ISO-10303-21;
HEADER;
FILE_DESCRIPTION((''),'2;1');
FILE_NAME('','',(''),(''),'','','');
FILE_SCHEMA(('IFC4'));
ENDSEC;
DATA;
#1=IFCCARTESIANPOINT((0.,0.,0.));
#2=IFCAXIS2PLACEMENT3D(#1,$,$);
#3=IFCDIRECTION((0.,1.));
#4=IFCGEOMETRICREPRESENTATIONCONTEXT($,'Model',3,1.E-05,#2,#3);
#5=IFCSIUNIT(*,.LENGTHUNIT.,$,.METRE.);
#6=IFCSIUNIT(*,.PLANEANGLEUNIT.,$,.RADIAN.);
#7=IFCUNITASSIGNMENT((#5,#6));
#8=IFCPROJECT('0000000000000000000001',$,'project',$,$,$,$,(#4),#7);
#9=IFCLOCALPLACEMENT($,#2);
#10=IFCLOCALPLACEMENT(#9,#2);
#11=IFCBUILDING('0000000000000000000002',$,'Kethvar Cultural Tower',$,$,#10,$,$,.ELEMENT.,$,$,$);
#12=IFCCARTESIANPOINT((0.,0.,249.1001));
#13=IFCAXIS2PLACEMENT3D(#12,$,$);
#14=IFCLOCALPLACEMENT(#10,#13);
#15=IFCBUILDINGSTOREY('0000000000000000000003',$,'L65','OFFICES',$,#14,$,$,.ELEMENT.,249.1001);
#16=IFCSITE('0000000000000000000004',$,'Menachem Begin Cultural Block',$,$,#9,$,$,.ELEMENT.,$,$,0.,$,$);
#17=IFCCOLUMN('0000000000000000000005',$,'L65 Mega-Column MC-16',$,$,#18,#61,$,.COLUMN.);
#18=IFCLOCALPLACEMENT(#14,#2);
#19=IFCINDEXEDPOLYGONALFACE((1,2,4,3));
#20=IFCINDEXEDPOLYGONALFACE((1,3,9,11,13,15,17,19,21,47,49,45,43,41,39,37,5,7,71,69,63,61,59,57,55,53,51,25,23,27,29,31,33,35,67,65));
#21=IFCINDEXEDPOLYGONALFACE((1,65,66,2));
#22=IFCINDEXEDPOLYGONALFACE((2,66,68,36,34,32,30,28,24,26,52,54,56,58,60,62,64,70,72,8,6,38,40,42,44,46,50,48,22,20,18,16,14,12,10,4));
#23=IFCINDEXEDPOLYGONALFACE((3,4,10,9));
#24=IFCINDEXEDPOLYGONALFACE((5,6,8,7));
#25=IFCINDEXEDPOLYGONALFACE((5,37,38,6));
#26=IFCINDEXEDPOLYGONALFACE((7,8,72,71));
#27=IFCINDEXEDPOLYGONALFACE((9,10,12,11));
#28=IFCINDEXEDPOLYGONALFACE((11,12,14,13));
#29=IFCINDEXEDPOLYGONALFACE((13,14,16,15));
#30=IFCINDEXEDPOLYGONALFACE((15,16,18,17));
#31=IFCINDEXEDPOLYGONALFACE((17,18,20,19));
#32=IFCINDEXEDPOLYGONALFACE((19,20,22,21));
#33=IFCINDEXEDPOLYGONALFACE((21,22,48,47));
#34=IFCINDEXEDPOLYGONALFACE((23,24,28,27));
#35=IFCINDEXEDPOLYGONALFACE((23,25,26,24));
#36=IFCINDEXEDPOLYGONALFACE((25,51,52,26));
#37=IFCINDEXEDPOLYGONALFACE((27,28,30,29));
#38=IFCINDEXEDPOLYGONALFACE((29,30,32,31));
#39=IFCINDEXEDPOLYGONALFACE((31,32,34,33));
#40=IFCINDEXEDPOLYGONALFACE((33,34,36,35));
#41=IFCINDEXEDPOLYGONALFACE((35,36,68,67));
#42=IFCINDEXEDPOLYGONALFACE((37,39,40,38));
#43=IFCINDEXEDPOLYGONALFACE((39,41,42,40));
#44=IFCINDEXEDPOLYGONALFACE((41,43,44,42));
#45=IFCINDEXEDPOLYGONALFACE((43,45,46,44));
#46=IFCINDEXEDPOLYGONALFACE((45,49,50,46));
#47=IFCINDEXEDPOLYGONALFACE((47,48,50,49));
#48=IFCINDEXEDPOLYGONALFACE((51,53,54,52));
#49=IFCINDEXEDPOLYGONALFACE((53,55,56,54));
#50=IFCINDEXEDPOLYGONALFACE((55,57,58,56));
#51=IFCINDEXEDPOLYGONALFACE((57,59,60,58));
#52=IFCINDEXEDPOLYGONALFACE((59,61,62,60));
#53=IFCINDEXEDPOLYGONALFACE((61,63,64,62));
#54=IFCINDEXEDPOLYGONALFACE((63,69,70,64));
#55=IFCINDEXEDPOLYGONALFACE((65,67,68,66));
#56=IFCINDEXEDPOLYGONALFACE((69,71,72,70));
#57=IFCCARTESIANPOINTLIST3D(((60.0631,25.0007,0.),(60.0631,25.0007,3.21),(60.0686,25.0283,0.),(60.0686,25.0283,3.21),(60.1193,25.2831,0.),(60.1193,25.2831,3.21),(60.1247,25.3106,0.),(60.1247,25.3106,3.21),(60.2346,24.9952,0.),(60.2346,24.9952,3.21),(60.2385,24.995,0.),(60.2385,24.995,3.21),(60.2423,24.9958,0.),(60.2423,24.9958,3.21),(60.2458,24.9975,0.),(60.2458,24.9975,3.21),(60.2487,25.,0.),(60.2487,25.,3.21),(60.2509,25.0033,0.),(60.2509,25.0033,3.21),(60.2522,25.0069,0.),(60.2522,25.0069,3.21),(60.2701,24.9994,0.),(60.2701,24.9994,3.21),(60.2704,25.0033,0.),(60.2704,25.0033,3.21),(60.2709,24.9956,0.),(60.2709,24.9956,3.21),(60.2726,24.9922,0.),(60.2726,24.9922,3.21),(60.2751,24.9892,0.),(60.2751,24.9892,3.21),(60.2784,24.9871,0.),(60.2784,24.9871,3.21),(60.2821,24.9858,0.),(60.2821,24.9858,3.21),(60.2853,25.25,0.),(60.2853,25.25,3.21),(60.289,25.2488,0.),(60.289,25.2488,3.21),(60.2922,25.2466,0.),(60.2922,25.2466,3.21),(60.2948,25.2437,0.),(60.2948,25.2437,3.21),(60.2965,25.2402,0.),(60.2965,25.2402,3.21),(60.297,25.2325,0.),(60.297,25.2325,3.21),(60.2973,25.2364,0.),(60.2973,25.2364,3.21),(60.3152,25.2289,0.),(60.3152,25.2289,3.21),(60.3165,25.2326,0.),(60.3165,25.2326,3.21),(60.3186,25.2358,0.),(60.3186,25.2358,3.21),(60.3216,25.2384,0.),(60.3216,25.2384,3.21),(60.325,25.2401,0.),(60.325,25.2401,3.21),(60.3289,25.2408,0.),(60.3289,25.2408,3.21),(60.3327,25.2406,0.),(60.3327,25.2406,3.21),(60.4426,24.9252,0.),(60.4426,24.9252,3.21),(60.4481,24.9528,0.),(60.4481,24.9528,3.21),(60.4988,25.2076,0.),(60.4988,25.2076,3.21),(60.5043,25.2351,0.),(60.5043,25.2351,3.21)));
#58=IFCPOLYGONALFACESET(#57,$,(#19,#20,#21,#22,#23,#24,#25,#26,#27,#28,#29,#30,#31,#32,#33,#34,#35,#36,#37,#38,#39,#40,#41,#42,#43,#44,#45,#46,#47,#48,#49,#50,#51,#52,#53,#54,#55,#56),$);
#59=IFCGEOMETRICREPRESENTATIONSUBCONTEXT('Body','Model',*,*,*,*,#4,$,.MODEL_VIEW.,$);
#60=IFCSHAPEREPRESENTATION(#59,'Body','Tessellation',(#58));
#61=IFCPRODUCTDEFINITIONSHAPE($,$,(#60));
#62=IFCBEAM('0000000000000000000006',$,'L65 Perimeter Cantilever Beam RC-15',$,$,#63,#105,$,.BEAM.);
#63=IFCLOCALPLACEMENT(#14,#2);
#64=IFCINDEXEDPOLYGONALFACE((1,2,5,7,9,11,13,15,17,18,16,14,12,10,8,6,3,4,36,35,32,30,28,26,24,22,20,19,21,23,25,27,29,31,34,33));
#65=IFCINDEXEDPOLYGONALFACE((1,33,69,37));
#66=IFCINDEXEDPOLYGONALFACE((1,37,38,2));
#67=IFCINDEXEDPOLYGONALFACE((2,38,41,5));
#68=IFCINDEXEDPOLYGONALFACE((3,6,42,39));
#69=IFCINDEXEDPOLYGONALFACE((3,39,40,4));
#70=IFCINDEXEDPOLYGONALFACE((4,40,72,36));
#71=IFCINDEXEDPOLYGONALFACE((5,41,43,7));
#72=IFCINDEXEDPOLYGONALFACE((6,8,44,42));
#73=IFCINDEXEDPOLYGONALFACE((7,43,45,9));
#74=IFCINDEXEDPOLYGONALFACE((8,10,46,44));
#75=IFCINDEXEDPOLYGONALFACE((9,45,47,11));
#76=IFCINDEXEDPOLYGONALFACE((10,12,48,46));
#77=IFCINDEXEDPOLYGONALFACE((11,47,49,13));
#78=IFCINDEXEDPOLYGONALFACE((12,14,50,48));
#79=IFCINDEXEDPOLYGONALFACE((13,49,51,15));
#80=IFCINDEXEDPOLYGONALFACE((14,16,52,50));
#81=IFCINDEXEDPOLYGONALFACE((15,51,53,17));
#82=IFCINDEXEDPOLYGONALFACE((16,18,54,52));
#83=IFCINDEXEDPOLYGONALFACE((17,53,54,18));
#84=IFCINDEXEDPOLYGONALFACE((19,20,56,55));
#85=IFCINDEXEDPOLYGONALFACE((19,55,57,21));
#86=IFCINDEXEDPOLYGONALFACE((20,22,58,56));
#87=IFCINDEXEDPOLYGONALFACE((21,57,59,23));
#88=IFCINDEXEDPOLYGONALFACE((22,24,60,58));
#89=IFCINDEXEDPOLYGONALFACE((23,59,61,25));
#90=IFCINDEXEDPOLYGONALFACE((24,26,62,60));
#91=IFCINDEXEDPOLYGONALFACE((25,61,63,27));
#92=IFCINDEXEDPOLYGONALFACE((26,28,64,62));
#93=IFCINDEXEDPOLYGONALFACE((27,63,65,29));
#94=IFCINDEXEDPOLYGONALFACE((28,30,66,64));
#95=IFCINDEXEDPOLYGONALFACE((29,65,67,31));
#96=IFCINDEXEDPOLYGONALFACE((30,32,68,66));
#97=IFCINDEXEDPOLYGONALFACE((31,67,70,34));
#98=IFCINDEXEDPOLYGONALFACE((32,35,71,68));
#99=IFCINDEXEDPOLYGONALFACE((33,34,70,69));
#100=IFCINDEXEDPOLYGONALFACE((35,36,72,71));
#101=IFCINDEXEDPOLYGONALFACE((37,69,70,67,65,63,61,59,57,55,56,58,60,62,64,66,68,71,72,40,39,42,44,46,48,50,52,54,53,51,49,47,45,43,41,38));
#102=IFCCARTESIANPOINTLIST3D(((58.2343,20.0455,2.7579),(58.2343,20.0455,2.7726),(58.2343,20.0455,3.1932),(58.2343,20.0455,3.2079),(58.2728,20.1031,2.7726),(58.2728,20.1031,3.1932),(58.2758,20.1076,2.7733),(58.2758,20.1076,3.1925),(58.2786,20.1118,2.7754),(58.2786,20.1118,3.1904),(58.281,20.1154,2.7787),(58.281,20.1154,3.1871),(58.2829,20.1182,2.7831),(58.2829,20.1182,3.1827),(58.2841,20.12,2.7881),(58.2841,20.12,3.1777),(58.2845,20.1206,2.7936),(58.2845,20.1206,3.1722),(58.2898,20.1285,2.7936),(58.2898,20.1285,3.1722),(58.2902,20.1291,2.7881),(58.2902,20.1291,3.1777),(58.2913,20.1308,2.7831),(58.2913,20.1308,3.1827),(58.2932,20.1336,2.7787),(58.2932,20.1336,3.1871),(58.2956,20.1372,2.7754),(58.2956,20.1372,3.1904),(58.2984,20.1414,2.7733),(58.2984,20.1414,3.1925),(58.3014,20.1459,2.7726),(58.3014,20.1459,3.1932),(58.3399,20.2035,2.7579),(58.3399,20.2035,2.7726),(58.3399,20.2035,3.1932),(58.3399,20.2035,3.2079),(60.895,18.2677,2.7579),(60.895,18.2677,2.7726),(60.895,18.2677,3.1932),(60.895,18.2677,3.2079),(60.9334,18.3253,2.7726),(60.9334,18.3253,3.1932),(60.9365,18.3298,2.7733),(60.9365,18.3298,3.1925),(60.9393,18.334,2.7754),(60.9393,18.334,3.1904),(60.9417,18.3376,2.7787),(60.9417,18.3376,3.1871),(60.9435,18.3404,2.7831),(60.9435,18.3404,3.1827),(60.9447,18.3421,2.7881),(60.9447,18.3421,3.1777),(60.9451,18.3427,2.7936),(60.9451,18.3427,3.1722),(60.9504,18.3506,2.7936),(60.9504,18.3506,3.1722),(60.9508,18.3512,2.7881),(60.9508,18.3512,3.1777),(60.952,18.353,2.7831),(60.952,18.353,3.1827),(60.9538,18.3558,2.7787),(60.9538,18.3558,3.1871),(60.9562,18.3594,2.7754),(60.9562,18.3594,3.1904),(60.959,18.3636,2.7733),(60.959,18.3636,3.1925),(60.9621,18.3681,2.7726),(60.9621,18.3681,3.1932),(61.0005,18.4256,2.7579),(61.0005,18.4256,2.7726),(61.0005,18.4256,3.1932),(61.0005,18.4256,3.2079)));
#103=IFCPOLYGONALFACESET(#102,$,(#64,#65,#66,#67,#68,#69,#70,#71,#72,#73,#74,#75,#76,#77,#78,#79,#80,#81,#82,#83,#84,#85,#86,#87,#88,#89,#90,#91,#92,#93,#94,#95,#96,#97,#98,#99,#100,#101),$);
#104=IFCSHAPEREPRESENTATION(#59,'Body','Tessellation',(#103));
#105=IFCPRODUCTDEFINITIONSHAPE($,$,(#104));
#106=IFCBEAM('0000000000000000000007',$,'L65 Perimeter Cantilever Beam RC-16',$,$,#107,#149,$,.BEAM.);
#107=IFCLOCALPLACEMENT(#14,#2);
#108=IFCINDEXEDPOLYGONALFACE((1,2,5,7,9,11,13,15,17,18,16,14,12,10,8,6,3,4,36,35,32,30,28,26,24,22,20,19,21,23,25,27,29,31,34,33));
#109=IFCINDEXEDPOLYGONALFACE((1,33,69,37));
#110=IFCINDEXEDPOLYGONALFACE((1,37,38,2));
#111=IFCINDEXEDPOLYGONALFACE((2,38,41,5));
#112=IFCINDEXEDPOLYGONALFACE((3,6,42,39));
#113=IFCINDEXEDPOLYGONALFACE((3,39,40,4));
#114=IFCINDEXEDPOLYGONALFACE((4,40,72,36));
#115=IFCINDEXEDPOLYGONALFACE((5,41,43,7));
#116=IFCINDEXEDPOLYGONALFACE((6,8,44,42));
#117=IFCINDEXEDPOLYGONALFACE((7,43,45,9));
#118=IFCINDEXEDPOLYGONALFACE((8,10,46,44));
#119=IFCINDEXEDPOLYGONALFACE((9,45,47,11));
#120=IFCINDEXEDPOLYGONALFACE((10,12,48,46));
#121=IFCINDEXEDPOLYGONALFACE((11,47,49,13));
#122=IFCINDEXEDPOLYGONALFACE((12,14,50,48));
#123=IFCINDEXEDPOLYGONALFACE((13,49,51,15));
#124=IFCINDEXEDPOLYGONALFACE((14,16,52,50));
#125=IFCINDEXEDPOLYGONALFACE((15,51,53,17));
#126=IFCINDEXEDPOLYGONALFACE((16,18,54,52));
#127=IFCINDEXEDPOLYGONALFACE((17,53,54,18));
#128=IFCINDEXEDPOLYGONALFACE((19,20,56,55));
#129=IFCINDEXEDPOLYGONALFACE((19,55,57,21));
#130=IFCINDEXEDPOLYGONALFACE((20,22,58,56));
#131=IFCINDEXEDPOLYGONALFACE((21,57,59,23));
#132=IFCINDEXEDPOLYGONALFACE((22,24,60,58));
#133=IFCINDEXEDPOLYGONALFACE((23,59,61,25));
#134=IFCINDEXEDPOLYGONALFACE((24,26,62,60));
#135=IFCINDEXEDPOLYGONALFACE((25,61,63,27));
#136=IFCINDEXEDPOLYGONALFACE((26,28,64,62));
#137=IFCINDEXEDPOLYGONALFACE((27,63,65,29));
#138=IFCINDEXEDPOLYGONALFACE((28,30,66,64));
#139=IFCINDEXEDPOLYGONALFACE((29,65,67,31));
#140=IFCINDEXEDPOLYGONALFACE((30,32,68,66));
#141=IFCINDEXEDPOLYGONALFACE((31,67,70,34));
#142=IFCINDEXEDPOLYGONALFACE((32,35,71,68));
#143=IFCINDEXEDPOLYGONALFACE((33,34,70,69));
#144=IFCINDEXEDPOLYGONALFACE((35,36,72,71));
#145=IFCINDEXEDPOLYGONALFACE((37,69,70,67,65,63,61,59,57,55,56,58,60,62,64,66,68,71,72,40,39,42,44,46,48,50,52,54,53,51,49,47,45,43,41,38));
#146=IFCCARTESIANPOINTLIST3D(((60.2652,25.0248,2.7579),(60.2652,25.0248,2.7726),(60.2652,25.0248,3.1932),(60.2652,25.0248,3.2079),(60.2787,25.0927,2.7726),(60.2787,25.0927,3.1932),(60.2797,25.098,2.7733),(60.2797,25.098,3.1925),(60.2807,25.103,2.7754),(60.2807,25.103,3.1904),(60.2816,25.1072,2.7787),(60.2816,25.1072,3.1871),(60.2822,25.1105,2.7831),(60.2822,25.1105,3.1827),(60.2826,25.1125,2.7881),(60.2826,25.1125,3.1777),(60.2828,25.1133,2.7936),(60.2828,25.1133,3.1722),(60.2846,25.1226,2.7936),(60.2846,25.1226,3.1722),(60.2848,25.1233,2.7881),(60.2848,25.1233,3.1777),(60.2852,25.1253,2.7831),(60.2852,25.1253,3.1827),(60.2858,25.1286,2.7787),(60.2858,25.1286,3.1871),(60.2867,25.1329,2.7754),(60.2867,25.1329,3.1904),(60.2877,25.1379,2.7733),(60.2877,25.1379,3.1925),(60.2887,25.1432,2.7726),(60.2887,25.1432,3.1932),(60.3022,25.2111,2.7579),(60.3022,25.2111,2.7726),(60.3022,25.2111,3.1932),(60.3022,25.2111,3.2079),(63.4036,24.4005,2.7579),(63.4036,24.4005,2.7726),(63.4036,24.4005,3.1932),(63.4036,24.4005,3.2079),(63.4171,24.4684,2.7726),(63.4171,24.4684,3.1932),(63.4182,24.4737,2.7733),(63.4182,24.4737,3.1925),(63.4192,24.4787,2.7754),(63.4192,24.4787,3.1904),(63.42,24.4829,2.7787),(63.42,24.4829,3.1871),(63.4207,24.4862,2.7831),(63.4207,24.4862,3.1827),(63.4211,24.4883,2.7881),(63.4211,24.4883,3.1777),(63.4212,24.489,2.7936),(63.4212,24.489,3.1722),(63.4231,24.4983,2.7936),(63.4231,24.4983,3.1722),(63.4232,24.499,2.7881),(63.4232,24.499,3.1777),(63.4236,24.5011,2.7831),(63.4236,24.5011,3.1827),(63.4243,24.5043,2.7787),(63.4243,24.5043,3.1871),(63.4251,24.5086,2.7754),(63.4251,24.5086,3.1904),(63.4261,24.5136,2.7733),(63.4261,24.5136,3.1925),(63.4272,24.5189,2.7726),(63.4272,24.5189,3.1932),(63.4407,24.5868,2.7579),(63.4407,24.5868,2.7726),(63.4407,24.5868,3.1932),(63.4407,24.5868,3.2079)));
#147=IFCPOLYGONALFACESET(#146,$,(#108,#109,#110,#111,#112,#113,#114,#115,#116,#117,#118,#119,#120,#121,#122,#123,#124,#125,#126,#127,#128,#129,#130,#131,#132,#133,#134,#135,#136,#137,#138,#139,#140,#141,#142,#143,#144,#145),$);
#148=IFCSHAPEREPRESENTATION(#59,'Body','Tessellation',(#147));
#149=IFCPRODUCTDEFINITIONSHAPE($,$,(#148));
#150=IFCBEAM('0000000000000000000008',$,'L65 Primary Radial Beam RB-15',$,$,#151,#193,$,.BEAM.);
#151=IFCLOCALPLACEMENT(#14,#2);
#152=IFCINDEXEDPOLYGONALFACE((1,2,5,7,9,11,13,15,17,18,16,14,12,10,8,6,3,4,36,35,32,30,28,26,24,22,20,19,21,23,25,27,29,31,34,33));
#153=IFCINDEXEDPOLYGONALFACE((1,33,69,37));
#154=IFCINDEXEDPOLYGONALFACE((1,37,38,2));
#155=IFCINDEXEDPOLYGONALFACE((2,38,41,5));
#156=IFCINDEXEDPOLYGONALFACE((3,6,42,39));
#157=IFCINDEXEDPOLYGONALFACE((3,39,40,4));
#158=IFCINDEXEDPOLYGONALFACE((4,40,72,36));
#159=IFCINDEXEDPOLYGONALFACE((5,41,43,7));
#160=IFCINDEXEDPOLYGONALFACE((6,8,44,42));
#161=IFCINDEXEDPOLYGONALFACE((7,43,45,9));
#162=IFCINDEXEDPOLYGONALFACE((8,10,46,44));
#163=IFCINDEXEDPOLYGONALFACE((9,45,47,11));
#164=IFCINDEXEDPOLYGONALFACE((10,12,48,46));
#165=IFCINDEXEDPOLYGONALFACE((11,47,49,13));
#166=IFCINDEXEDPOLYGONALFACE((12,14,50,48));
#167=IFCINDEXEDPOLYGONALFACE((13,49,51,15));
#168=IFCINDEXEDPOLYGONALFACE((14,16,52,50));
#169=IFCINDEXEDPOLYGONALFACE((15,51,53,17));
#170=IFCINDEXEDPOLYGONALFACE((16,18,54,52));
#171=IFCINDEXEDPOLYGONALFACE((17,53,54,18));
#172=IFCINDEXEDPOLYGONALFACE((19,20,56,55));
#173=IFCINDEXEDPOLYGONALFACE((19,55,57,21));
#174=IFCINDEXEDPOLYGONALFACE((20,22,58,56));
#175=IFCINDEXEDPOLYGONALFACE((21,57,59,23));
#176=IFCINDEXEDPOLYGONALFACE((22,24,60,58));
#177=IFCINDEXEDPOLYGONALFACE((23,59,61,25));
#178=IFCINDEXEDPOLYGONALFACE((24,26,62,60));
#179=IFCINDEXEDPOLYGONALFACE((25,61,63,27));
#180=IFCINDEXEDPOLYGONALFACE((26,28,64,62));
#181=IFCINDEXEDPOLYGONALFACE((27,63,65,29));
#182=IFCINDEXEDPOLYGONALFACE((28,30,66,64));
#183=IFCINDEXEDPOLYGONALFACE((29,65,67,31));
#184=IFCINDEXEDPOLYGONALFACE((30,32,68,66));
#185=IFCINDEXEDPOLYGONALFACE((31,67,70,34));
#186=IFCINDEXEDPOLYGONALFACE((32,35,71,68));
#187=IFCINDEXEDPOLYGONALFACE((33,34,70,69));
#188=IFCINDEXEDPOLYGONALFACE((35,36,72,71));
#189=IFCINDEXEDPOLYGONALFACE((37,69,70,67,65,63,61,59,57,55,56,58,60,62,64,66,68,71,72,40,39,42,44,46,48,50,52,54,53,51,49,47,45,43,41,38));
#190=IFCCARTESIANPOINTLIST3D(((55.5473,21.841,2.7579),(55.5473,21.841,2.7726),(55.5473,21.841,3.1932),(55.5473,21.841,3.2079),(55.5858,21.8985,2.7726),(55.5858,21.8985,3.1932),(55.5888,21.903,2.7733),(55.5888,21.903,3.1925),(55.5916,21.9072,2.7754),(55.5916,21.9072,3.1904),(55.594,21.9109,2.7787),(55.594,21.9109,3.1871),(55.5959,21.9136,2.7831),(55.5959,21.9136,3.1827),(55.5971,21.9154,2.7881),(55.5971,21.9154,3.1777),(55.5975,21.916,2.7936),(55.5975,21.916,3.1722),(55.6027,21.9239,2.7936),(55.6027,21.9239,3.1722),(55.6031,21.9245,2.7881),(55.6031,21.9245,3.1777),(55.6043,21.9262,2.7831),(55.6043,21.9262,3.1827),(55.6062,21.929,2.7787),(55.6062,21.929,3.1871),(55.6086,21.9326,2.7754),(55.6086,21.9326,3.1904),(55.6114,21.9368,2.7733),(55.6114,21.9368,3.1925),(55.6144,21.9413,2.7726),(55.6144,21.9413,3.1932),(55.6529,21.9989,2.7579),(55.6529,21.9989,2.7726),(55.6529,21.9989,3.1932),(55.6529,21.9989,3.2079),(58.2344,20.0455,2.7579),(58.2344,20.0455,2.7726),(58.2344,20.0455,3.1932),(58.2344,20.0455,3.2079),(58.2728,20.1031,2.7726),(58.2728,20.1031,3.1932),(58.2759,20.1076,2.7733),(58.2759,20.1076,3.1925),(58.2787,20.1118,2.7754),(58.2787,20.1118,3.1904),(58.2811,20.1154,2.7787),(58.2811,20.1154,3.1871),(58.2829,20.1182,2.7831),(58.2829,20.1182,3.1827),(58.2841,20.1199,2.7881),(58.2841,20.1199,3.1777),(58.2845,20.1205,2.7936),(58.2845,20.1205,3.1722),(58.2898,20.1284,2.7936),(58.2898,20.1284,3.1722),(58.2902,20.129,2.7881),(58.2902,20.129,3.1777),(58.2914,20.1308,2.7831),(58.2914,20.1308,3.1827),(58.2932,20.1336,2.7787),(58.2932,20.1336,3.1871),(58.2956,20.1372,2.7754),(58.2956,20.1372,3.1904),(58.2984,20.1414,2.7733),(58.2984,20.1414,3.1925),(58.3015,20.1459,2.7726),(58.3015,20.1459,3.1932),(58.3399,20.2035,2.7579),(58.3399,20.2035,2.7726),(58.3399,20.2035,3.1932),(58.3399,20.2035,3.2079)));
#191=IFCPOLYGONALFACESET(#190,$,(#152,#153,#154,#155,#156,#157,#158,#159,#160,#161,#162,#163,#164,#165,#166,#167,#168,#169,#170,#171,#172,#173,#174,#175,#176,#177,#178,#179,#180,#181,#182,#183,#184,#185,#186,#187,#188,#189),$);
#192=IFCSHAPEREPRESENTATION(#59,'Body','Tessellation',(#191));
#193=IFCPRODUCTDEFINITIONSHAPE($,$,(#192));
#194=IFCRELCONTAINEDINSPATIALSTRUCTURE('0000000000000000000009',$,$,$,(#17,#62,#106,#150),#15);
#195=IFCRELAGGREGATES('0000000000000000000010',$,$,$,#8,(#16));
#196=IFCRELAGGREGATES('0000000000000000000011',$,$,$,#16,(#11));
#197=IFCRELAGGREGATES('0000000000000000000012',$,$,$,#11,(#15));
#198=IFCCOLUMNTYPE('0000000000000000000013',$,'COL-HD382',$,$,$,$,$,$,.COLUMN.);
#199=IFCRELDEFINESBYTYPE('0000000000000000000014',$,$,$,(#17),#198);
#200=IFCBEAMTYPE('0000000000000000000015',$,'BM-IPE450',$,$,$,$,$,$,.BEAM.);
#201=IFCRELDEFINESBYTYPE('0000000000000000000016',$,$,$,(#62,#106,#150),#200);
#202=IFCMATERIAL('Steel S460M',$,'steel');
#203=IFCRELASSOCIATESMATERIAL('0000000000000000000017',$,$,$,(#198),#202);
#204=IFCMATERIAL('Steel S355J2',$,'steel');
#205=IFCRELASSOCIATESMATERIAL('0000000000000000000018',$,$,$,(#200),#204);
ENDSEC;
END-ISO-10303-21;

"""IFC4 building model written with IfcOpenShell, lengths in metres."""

from ifc_helpers import new_model, si_unit, direction, frame, origin, origin_2d, place, context, subcontext, project, spatial, i_section, extrude, source, transform, mapped, material, material_profile, profile_set, type_object, element, save


model = new_model("IFC4")

# Units and contexts
model_context = context("Model", 3, precision=1e-05, world=origin(), true_north=direction((0.0, 1.0)))
body_context = subcontext(model_context, "Body", "Model", "MODEL_VIEW")
ifc_project = project(units=[si_unit("LENGTHUNIT", "METRE"), si_unit("PLANEANGLEUNIT", "RADIAN")], contexts=[model_context])

# Site, building, storey
site_placement = place(None, origin())
site = spatial("IfcSite", under=ifc_project, at=site_placement, Name="Menachem Begin Cultural Block", CompositionType="ELEMENT", RefElevation=0.0)
building_placement = place(site_placement, origin())
building = spatial("IfcBuilding", under=site, at=building_placement, Name="Kethvar Cultural Tower", CompositionType="ELEMENT")
storey_placement = place(building_placement, frame((0.0, 0.0, 249.1001)))
storey = spatial("IfcBuildingStorey", under=building, at=storey_placement, Name="L65", Description="OFFICES", CompositionType="ELEMENT", Elevation=249.1001)

# Column
ifc_material_1 = material(Name="Steel S460M", Category="steel")
ifc_material_profile_1 = material_profile(ifc_material_1, i_section(OverallWidth=0.387, OverallDepth=0.3159, WebThickness=0.0186, FlangeThickness=0.0281, FilletRadius=0.0149, at=origin_2d()), Name="Steel S460M — HD400x382")
ifc_profile_set_1 = profile_set([ifc_material_profile_1], Name="Steel S460M — HD400x382")
column_type = type_object("IfcColumnType", Name="COL-HD382", PredefinedType="COLUMN", material=ifc_profile_set_1)
shared_shape_1 = source(origin(), body_context, "Body", "SweptSolid", [
    extrude(i_section(OverallWidth=0.387, OverallDepth=0.3159, WebThickness=0.0186, FlangeThickness=0.0281, FilletRadius=0.0149, at=origin_2d()), origin(), (0.0, 0.0, 1.0), 3.21),
])
column_placement = place(storey_placement, frame((60.2837, 25.1179, 0.0), z_axis=(0.0, 0.0, 1.0), x_axis=(0.980785, -0.19509, 0.0)))
element("IfcColumn", 1, at=column_placement, inside=storey, type_object=column_type, Name="L65 Mega-Column MC-16", PredefinedType="COLUMN", context=body_context, shape_type="MappedRepresentation", body=[
    mapped(shared_shape_1, transform((0.0, 0.0, 0.0), scale=1.0)),
])

# Beams
ifc_material_2 = material(Name="Steel S355J2", Category="steel")
ifc_material_profile_2 = material_profile(ifc_material_2, i_section(OverallWidth=0.1899, OverallDepth=0.45, WebThickness=0.0095, FlangeThickness=0.0146, FilletRadius=0.021, at=origin_2d()), Name="Steel S355J2 — IPE450")
ifc_profile_set_2 = profile_set([ifc_material_profile_2], Name="Steel S355J2 — IPE450")
beam_type_1 = type_object("IfcBeamType", Name="BM-IPE450", PredefinedType="BEAM", material=ifc_profile_set_2)
shared_shape_2 = source(origin(), body_context, "Body", "SweptSolid", [
    extrude(i_section(OverallWidth=0.1899, OverallDepth=0.45, WebThickness=0.0095, FlangeThickness=0.0146, FilletRadius=0.021, at=origin_2d()), origin(), (0.0, 0.0, 1.0), 3.2),
])
for number, where, z_axis, x_axis, name in (
    (2, (58.2871, 20.1245, 2.9829), (0.831463, -0.55558, 0.0), (0.55558, 0.831463, 0.0), "L65 Perimeter Cantilever Beam RC-15"),
    (3, (60.2837, 25.1179, 2.9829), (0.980786, -0.195089, 0.0), (0.195089, 0.980786, 0.0), "L65 Perimeter Cantilever Beam RC-16"),
):
    element("IfcBeam", number, at=place(storey_placement, frame(where, z_axis=z_axis, x_axis=x_axis)), inside=storey, type_object=beam_type_1, Name=name, PredefinedType="BEAM", context=body_context, shape_type="MappedRepresentation", body=[
        mapped(shared_shape_2, transform((0.0, 0.0, 0.0), scale=1.0)),
    ])
shared_shape_3 = source(origin(), body_context, "Body", "SweptSolid", [
    extrude(i_section(OverallWidth=0.1899, OverallDepth=0.45, WebThickness=0.0095, FlangeThickness=0.0146, FilletRadius=0.021, at=origin_2d()), origin(), (0.0, 0.0, 1.0), 3.2317),
])
beam_1_placement = place(storey_placement, frame((55.6001, 21.9199, 2.9829), z_axis=(0.831469, -0.555572, 0.0), x_axis=(0.555572, 0.831469, 0.0)))
element("IfcBeam", 4, at=beam_1_placement, inside=storey, type_object=beam_type_1, Name="L65 Primary Radial Beam RB-15", PredefinedType="BEAM", context=body_context, shape_type="MappedRepresentation", body=[
    mapped(shared_shape_3, transform((0.0, 0.0, 0.0), scale=1.0)),
])

save(model, "model.ifc")
